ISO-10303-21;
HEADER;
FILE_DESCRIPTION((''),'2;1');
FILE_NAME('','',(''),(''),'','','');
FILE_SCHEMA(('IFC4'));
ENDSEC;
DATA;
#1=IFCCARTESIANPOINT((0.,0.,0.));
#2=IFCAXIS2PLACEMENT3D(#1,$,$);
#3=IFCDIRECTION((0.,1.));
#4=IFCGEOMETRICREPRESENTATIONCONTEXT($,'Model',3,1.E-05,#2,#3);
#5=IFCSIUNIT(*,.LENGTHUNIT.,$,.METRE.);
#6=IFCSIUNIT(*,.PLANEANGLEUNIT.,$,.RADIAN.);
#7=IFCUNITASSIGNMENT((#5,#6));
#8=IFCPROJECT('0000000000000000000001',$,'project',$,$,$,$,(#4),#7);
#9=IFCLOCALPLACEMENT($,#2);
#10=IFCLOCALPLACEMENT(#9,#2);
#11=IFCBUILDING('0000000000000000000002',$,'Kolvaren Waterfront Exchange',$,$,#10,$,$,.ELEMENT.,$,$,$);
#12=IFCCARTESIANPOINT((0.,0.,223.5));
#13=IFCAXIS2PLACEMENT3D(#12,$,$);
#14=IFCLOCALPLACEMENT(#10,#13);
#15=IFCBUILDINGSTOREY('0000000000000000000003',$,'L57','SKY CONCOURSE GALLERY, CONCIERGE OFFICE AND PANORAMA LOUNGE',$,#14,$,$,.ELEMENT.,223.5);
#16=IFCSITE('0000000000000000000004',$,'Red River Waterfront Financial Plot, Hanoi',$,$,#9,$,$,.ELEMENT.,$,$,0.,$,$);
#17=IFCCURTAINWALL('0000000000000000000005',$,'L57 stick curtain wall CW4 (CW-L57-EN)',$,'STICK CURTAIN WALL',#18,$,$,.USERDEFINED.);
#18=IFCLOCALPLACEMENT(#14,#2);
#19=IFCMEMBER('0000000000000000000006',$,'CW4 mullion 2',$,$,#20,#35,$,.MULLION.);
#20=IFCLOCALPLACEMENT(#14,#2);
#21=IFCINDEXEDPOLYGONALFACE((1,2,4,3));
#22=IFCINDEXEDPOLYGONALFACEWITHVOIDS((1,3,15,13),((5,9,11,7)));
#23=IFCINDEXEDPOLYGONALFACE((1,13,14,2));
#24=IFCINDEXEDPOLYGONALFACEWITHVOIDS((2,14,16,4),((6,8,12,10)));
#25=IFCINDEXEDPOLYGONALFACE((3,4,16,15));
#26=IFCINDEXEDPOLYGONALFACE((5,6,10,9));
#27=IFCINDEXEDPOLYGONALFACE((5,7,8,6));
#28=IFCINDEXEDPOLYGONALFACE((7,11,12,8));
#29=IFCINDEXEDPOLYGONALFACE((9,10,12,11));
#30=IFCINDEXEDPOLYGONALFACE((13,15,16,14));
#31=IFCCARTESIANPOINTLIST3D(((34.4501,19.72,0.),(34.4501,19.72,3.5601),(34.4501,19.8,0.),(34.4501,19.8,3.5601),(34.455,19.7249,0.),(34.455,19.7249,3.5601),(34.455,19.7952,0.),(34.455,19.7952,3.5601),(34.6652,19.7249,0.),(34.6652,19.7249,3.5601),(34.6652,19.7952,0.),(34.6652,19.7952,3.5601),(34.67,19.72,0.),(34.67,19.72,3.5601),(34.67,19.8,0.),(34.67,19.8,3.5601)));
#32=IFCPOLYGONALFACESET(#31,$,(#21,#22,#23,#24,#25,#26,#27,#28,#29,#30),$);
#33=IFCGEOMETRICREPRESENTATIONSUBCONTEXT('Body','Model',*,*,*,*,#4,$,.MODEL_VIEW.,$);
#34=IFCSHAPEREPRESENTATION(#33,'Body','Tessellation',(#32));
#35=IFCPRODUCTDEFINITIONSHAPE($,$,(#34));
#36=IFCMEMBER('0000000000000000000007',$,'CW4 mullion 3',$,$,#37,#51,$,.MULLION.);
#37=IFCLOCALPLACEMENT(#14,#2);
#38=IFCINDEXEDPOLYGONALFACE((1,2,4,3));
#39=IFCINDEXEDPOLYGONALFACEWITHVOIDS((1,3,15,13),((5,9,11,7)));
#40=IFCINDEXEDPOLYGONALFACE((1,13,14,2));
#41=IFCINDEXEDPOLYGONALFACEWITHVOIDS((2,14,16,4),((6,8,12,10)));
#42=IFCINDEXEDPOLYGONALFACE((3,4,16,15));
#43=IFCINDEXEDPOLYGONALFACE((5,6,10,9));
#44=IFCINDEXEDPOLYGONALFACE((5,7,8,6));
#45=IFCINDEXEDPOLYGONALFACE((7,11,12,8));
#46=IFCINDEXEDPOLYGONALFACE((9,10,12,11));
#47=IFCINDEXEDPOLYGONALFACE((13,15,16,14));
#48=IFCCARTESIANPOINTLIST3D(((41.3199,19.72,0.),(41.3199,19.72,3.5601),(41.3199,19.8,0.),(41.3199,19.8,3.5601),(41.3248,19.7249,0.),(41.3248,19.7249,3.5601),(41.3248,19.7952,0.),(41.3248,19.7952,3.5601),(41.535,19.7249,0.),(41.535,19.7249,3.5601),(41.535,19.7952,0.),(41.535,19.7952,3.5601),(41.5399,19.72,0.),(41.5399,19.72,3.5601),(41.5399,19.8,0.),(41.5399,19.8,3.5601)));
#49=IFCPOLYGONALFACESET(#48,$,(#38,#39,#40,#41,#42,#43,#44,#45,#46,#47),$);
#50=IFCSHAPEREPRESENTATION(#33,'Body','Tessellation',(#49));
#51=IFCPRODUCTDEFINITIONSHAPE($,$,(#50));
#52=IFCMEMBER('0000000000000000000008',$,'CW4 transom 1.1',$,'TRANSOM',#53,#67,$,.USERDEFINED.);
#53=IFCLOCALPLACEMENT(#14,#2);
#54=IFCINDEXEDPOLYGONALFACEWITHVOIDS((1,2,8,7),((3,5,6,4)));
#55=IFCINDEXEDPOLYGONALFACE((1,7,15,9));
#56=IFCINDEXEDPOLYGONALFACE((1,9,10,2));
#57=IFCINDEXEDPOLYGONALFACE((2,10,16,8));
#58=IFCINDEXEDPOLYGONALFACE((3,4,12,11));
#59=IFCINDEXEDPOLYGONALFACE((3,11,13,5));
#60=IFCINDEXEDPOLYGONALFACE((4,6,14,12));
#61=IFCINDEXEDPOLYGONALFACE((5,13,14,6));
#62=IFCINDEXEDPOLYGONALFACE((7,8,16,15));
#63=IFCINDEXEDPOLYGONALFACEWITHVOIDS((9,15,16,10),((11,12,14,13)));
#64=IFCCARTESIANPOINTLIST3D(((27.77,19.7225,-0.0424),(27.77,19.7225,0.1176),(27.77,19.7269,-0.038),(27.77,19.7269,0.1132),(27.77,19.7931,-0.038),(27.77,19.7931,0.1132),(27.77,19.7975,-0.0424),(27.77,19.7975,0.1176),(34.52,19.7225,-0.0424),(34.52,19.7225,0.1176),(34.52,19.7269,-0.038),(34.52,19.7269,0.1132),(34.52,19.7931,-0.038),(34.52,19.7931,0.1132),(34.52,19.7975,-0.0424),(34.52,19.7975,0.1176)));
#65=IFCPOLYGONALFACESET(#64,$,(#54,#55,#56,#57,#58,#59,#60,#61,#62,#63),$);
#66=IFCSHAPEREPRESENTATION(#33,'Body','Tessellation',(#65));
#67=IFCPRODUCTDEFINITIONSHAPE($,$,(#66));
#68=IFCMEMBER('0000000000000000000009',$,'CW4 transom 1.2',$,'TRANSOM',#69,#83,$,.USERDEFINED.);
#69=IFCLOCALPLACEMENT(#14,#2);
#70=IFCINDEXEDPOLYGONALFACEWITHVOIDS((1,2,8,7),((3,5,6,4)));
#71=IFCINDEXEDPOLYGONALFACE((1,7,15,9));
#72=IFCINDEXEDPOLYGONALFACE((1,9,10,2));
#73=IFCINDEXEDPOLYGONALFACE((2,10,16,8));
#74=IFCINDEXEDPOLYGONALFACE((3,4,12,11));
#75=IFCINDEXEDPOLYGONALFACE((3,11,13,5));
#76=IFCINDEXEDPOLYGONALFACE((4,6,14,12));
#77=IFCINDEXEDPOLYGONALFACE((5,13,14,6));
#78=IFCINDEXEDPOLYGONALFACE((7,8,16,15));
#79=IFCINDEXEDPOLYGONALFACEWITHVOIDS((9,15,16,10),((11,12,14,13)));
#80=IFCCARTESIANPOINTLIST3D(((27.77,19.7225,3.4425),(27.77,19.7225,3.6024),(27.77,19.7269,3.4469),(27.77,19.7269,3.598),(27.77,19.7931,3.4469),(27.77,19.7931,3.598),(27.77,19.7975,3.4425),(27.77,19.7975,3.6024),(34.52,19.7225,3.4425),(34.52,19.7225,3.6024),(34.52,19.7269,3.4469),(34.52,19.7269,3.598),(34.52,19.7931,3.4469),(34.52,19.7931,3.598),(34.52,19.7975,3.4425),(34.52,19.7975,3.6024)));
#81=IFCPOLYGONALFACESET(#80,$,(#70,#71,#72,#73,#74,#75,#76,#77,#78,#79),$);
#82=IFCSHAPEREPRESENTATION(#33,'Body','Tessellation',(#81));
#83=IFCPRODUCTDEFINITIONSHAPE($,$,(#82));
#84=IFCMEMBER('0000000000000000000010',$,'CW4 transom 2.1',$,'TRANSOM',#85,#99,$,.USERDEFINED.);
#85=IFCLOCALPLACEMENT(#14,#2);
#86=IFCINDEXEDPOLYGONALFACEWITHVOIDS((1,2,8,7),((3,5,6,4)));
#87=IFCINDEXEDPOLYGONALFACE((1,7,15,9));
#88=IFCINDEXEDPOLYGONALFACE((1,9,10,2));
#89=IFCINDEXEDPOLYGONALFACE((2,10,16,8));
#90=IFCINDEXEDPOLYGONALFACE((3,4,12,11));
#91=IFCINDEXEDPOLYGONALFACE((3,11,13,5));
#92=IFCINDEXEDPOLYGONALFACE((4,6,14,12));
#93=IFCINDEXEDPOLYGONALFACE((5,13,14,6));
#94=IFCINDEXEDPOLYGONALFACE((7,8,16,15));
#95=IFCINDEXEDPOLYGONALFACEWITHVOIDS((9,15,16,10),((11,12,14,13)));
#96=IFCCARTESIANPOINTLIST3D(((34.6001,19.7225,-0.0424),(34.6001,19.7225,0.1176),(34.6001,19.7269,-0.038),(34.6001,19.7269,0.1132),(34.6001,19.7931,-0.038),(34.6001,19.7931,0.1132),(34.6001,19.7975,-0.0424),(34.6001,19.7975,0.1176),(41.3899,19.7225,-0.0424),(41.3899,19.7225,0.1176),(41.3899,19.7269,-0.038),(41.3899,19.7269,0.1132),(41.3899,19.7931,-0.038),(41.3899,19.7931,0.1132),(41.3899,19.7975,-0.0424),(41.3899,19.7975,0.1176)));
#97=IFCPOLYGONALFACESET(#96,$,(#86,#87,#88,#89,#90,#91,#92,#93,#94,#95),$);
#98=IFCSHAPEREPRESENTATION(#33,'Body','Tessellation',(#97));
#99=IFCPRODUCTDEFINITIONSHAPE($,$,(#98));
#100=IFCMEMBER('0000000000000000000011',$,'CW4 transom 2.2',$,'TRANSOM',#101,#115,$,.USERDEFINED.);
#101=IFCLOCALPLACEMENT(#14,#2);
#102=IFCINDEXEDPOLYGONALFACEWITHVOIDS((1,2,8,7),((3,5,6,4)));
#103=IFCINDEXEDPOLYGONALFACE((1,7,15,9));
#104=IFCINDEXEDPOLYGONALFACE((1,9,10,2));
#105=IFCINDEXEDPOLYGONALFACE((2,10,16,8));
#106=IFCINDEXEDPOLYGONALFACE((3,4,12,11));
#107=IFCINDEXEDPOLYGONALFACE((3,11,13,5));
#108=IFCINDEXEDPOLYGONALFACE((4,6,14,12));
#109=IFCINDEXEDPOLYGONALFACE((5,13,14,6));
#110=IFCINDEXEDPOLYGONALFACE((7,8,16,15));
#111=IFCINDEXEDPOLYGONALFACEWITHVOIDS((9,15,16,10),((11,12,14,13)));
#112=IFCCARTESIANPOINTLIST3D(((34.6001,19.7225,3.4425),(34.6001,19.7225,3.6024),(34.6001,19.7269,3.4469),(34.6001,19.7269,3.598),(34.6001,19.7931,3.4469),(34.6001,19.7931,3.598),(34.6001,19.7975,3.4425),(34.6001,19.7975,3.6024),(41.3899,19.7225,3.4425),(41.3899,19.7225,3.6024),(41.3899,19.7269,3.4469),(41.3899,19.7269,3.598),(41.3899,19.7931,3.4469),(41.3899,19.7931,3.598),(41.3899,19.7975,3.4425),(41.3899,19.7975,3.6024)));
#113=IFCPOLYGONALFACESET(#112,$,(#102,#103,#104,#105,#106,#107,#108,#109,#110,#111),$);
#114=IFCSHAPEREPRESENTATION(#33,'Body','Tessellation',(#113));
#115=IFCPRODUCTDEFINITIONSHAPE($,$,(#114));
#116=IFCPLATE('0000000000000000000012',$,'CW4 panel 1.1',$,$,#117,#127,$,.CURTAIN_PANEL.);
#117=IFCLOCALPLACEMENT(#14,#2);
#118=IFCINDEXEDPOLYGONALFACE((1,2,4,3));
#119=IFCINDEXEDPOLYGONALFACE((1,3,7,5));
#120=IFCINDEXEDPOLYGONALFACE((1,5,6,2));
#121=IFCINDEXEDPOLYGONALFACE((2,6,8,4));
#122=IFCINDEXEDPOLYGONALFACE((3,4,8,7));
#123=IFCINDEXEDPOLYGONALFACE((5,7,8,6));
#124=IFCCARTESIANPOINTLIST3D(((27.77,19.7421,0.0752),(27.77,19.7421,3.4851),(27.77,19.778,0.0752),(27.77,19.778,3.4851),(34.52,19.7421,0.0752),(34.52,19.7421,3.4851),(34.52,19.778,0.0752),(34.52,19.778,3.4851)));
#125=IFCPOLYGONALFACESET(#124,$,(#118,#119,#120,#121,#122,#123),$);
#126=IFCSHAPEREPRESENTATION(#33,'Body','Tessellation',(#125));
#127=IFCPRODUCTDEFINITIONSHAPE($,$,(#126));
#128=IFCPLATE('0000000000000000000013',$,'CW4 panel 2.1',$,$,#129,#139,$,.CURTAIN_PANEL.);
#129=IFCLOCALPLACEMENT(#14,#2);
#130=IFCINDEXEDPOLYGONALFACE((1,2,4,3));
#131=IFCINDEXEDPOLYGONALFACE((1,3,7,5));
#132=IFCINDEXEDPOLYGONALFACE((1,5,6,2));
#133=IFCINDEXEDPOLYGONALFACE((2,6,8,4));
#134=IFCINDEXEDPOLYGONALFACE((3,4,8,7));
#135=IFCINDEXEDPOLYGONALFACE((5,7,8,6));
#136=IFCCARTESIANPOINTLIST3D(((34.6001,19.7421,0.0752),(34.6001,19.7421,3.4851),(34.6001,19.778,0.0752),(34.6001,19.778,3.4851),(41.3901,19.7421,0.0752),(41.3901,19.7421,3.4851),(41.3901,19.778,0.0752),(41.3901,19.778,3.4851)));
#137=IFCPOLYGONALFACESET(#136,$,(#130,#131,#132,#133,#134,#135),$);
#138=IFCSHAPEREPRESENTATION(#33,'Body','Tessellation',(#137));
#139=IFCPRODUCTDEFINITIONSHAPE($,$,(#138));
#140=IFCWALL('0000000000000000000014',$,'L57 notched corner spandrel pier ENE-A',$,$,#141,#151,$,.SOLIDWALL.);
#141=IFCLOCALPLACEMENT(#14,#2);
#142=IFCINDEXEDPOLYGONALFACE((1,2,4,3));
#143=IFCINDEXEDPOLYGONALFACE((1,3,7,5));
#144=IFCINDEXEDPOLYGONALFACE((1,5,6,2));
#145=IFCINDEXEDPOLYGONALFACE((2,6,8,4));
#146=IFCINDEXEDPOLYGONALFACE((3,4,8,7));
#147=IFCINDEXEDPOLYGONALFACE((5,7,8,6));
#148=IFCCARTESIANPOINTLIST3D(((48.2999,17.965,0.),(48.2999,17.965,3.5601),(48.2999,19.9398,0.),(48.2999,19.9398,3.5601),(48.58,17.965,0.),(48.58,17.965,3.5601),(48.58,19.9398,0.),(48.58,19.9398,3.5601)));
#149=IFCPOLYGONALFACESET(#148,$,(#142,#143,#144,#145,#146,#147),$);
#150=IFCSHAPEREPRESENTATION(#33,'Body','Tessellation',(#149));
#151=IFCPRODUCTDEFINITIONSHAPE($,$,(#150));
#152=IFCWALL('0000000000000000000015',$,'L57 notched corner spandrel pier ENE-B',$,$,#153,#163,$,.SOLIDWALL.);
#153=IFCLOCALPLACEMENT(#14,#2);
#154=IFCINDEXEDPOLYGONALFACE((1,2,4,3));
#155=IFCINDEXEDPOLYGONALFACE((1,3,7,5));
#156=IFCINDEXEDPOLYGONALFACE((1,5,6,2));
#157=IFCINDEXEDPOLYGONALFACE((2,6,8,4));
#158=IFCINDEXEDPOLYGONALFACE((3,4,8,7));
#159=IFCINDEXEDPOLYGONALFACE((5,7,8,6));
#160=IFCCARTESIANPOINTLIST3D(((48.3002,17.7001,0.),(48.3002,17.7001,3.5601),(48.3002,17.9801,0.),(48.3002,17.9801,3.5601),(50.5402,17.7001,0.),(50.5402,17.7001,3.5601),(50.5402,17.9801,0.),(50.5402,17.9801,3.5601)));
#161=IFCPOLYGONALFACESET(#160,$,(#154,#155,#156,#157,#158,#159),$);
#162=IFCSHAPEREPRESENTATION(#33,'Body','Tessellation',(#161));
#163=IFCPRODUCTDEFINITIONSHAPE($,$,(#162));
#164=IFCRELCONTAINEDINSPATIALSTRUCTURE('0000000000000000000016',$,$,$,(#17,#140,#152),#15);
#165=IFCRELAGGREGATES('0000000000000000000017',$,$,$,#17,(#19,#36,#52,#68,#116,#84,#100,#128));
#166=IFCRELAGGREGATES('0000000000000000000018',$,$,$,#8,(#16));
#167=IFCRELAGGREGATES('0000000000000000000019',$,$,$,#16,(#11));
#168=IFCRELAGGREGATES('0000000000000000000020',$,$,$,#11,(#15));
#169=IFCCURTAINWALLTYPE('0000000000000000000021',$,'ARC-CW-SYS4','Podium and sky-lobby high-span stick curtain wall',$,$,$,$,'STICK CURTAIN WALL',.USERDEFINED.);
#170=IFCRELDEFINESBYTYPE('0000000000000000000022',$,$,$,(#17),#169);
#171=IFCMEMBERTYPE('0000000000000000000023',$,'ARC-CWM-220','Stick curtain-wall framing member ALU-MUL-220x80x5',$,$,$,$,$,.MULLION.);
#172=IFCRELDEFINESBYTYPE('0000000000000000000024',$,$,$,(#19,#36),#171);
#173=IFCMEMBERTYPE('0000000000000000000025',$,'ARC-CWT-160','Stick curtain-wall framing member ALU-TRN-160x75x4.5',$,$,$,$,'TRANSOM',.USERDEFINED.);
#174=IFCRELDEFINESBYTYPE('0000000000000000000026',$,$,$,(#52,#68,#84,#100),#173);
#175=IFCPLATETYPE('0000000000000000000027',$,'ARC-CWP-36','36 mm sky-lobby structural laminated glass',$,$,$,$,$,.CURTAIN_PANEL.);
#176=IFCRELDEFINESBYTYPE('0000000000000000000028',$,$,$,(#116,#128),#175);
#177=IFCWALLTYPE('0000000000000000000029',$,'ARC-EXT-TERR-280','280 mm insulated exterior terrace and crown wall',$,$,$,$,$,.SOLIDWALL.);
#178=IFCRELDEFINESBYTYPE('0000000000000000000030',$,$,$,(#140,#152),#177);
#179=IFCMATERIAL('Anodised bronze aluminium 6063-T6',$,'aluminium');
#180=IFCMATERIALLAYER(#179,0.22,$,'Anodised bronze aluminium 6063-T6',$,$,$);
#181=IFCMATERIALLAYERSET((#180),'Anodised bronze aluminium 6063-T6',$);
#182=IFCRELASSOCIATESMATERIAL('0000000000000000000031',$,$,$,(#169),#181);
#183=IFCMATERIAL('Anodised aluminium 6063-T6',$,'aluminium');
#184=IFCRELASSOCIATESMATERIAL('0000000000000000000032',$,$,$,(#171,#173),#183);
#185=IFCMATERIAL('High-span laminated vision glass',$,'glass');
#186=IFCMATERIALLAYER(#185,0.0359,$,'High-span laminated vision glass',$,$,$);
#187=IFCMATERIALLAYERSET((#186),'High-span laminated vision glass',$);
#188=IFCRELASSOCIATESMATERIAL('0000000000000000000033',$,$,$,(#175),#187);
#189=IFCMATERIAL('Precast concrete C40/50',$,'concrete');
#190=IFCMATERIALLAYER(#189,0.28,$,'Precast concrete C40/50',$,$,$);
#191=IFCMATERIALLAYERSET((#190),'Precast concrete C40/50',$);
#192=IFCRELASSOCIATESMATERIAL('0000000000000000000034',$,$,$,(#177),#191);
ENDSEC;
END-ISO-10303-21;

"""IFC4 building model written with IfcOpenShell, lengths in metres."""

from ifc_helpers import new_model, si_unit, direction, frame, frame_2d, origin, origin_with_axes, origin_2d, place, context, subcontext, project, spatial, rectangle, hollow_rectangle, extrude, source, transform, mapped, material, layer, layer_set, material_profile, profile_set, type_object, element, aggregate, save


model = new_model("IFC4")

# Units and contexts
model_context = context("Model", 3, precision=1e-05, world=origin(), true_north=direction((0.0, 1.0)))
body_context = subcontext(model_context, "Body", "Model", "MODEL_VIEW")
ifc_project = project(units=[si_unit("LENGTHUNIT", "METRE"), si_unit("PLANEANGLEUNIT", "RADIAN")], contexts=[model_context])

# Site, building, storey
site_placement = place(None, origin())
site = spatial("IfcSite", under=ifc_project, at=site_placement, Name="Red River Waterfront Financial Plot, Hanoi", CompositionType="ELEMENT", RefElevation=0.0)
building_placement = place(site_placement, origin())
building = spatial("IfcBuilding", under=site, at=building_placement, Name="Kolvaren Waterfront Exchange", CompositionType="ELEMENT")
storey_placement = place(building_placement, frame((0.0, 0.0, 223.5)))
storey = spatial("IfcBuildingStorey", under=building, at=storey_placement, Name="L57", Description="SKY CONCOURSE GALLERY, CONCIERGE OFFICE AND PANORAMA LOUNGE", CompositionType="ELEMENT", Elevation=223.5)

# Curtain wall, members, plates
ifc_material_1 = material(Name="Anodised bronze aluminium 6063-T6", Category="aluminium")
ifc_layer_1 = layer(ifc_material_1, 0.22, Name="Anodised bronze aluminium 6063-T6")
ifc_layer_set_1 = layer_set([ifc_layer_1], Name="Anodised bronze aluminium 6063-T6")
curtain_wall_type = type_object("IfcCurtainWallType", Name="ARC-CW-SYS4", Description="Podium and sky-lobby high-span stick curtain wall", ElementType="STICK CURTAIN WALL", PredefinedType="USERDEFINED", material=ifc_layer_set_1)
curtain_wall_placement = place(storey_placement, origin())
curtain_wall = element("IfcCurtainWall", 1, at=curtain_wall_placement, inside=storey, type_object=curtain_wall_type, Name="L57 stick curtain wall CW4 (CW-L57-EN)", ObjectType="STICK CURTAIN WALL", PredefinedType="USERDEFINED")
ifc_material_2 = material(Name="Anodised aluminium 6063-T6", Category="aluminium")
ifc_material_profile_1 = material_profile(ifc_material_2, hollow_rectangle(XDim=0.0801, YDim=0.22, WallThickness=0.0049, at=origin_2d()), Name="ALU-MUL-220x80x5")
ifc_profile_set_1 = profile_set([ifc_material_profile_1], Name="Anodised aluminium 6063-T6")
member_type_1 = type_object("IfcMemberType", Name="ARC-CWM-220", Description="Stick curtain-wall framing member ALU-MUL-220x80x5", PredefinedType="MULLION", material=ifc_profile_set_1)
shared_shape_1 = source(origin_with_axes(), body_context, "Body", "SweptSolid", [
    extrude(hollow_rectangle(XDim=0.0801, YDim=0.22, WallThickness=0.0049, at=origin_2d()), origin(), (0.0, 0.0, 1.0), 3.5601),
])
member_1_placement = place(storey_placement, frame((34.5601, 19.76, 0.0), z_axis=(0.0, 0.0, 1.0), x_axis=(0.0, 1.0, 0.0)))
member_1 = element("IfcMember", 2, at=member_1_placement, type_object=member_type_1, Name="CW4 mullion 2", PredefinedType="MULLION", context=body_context, shape_type="MappedRepresentation", body=[
    mapped(shared_shape_1, transform((0.0, 0.0, 0.0), x_axis=(1.0, 0.0, 0.0), y_axis=(0.0, 1.0, 0.0), z_axis=(0.0, 0.0, 1.0), scale=1.0)),
])
member_2_placement = place(storey_placement, frame((41.4299, 19.76, 0.0), z_axis=(0.0, 0.0, 1.0), x_axis=(0.0, 1.0, 0.0)))
member_2 = element("IfcMember", 3, at=member_2_placement, type_object=member_type_1, Name="CW4 mullion 3", PredefinedType="MULLION", context=body_context, shape_type="MappedRepresentation", body=[
    mapped(shared_shape_1, transform((0.0, 0.0, 0.0), x_axis=(1.0, 0.0, 0.0), y_axis=(0.0, 1.0, 0.0), z_axis=(0.0, 0.0, 1.0), scale=1.0)),
])
ifc_material_profile_2 = material_profile(ifc_material_2, hollow_rectangle(XDim=0.075, YDim=0.1599, WallThickness=0.0044, at=origin_2d()), Name="ALU-TRN-160x75x4.5")
ifc_profile_set_2 = profile_set([ifc_material_profile_2], Name="Anodised aluminium 6063-T6")
member_type_2 = type_object("IfcMemberType", Name="ARC-CWT-160", Description="Stick curtain-wall framing member ALU-TRN-160x75x4.5", ElementType="TRANSOM", PredefinedType="USERDEFINED", material=ifc_profile_set_2)
shared_shape_2 = source(origin_with_axes(), body_context, "Body", "SweptSolid", [
    extrude(hollow_rectangle(XDim=0.075, YDim=0.1599, WallThickness=0.0044, at=origin_2d()), origin(), (0.0, 0.0, 1.0), 6.75),
])
member_3_placement = place(storey_placement, frame((27.77, 19.76, 0.0376), z_axis=(1.0, 0.0, 0.0), x_axis=(0.0, 1.0, 0.0)))
member_3 = element("IfcMember", 4, at=member_3_placement, type_object=member_type_2, Name="CW4 transom 1.1", ObjectType="TRANSOM", PredefinedType="USERDEFINED", context=body_context, shape_type="MappedRepresentation", body=[
    mapped(shared_shape_2, transform((0.0, 0.0, 0.0), x_axis=(1.0, 0.0, 0.0), y_axis=(0.0, 1.0, 0.0), z_axis=(0.0, 0.0, 1.0), scale=1.0)),
])
member_4_placement = place(storey_placement, frame((27.77, 19.76, 3.5225), z_axis=(1.0, 0.0, 0.0), x_axis=(0.0, 1.0, 0.0)))
member_4 = element("IfcMember", 5, at=member_4_placement, type_object=member_type_2, Name="CW4 transom 1.2", ObjectType="TRANSOM", PredefinedType="USERDEFINED", context=body_context, shape_type="MappedRepresentation", body=[
    mapped(shared_shape_2, transform((0.0, 0.0, 0.0), x_axis=(1.0, 0.0, 0.0), y_axis=(0.0, 1.0, 0.0), z_axis=(0.0, 0.0, 1.0), scale=1.0)),
])
shared_shape_3 = source(origin_with_axes(), body_context, "Body", "SweptSolid", [
    extrude(hollow_rectangle(XDim=0.075, YDim=0.1599, WallThickness=0.0044, at=origin_2d()), origin(), (0.0, 0.0, 1.0), 6.7898),
])
member_5_placement = place(storey_placement, frame((34.6001, 19.76, 0.0376), z_axis=(1.0, 0.0, 0.0), x_axis=(0.0, 1.0, 0.0)))
member_5 = element("IfcMember", 6, at=member_5_placement, type_object=member_type_2, Name="CW4 transom 2.1", ObjectType="TRANSOM", PredefinedType="USERDEFINED", context=body_context, shape_type="MappedRepresentation", body=[
    mapped(shared_shape_3, transform((0.0, 0.0, 0.0), x_axis=(1.0, 0.0, 0.0), y_axis=(0.0, 1.0, 0.0), z_axis=(0.0, 0.0, 1.0), scale=1.0)),
])
member_6_placement = place(storey_placement, frame((34.6001, 19.76, 3.5225), z_axis=(1.0, 0.0, 0.0), x_axis=(0.0, 1.0, 0.0)))
member_6 = element("IfcMember", 7, at=member_6_placement, type_object=member_type_2, Name="CW4 transom 2.2", ObjectType="TRANSOM", PredefinedType="USERDEFINED", context=body_context, shape_type="MappedRepresentation", body=[
    mapped(shared_shape_3, transform((0.0, 0.0, 0.0), x_axis=(1.0, 0.0, 0.0), y_axis=(0.0, 1.0, 0.0), z_axis=(0.0, 0.0, 1.0), scale=1.0)),
])
ifc_material_3 = material(Name="High-span laminated vision glass", Category="glass")
ifc_layer_2 = layer(ifc_material_3, 0.0359, Name="High-span laminated vision glass")
ifc_layer_set_2 = layer_set([ifc_layer_2], Name="High-span laminated vision glass")
plate_type = type_object("IfcPlateType", Name="ARC-CWP-36", Description="36 mm sky-lobby structural laminated glass", PredefinedType="CURTAIN_PANEL", material=ifc_layer_set_2)
shared_shape_4 = source(origin_with_axes(), body_context, "Body", "SweptSolid", [
    extrude(rectangle(XDim=6.75, YDim=0.0359, at=origin_2d()), origin(), (0.0, 0.0, 1.0), 3.4099),
])
plate_1_placement = place(storey_placement, frame((31.145, 19.76, 0.0752), z_axis=(0.0, 0.0, 1.0), x_axis=(1.0, 0.0, 0.0)))
plate_1 = element("IfcPlate", 8, at=plate_1_placement, type_object=plate_type, Name="CW4 panel 1.1", PredefinedType="CURTAIN_PANEL", context=body_context, shape_type="MappedRepresentation", body=[
    mapped(shared_shape_4, transform((0.0, 0.0, 0.0), x_axis=(1.0, 0.0, 0.0), y_axis=(0.0, 1.0, 0.0), z_axis=(0.0, 0.0, 1.0), scale=1.0)),
])
shared_shape_5 = source(origin_with_axes(), body_context, "Body", "SweptSolid", [
    extrude(rectangle(XDim=6.79, YDim=0.0359, at=origin_2d()), origin(), (0.0, 0.0, 1.0), 3.4099),
])
plate_2_placement = place(storey_placement, frame((37.9951, 19.76, 0.0752), z_axis=(0.0, 0.0, 1.0), x_axis=(1.0, 0.0, 0.0)))
plate_2 = element("IfcPlate", 9, at=plate_2_placement, type_object=plate_type, Name="CW4 panel 2.1", PredefinedType="CURTAIN_PANEL", context=body_context, shape_type="MappedRepresentation", body=[
    mapped(shared_shape_5, transform((0.0, 0.0, 0.0), x_axis=(1.0, 0.0, 0.0), y_axis=(0.0, 1.0, 0.0), z_axis=(0.0, 0.0, 1.0), scale=1.0)),
])
aggregate(curtain_wall, [member_1, member_2, member_3, member_4, plate_1, member_5, member_6, plate_2])

# Walls
ifc_material_4 = material(Name="Precast concrete C40/50", Category="concrete")
ifc_layer_3 = layer(ifc_material_4, 0.28, Name="Precast concrete C40/50")
ifc_layer_set_3 = layer_set([ifc_layer_3], Name="Precast concrete C40/50")
wall_type_1 = type_object("IfcWallType", Name="ARC-EXT-TERR-280", Description="280 mm insulated exterior terrace and crown wall", PredefinedType="SOLIDWALL", material=ifc_layer_set_3)
wall_1_placement = place(storey_placement, frame((48.4399, 17.9651, 0.0), z_axis=(0.0, 0.0, 1.0), x_axis=(0.0, 1.0, 0.0)))
element("IfcWall", 10, at=wall_1_placement, inside=storey, type_object=wall_type_1, Name="L57 notched corner spandrel pier ENE-A", PredefinedType="SOLIDWALL", context=body_context, shape_type="SweptSolid", body=[
    extrude(rectangle(XDim=1.9749, YDim=0.28, at=frame_2d((0.9873, 0.0))), origin(), (0.0, 0.0, 1.0), 3.5601),
])
wall_2_placement = place(storey_placement, frame((48.3, 17.8401, 0.0), z_axis=(0.0, 0.0, 1.0), x_axis=(1.0, 0.0, 0.0)))
element("IfcWall", 11, at=wall_2_placement, inside=storey, type_object=wall_type_1, Name="L57 notched corner spandrel pier ENE-B", PredefinedType="SOLIDWALL", context=body_context, shape_type="SweptSolid", body=[
    extrude(rectangle(XDim=2.24, YDim=0.28, at=frame_2d((1.1201, 0.0))), origin(), (0.0, 0.0, 1.0), 3.5601),
])

save(model, "model.ifc")
